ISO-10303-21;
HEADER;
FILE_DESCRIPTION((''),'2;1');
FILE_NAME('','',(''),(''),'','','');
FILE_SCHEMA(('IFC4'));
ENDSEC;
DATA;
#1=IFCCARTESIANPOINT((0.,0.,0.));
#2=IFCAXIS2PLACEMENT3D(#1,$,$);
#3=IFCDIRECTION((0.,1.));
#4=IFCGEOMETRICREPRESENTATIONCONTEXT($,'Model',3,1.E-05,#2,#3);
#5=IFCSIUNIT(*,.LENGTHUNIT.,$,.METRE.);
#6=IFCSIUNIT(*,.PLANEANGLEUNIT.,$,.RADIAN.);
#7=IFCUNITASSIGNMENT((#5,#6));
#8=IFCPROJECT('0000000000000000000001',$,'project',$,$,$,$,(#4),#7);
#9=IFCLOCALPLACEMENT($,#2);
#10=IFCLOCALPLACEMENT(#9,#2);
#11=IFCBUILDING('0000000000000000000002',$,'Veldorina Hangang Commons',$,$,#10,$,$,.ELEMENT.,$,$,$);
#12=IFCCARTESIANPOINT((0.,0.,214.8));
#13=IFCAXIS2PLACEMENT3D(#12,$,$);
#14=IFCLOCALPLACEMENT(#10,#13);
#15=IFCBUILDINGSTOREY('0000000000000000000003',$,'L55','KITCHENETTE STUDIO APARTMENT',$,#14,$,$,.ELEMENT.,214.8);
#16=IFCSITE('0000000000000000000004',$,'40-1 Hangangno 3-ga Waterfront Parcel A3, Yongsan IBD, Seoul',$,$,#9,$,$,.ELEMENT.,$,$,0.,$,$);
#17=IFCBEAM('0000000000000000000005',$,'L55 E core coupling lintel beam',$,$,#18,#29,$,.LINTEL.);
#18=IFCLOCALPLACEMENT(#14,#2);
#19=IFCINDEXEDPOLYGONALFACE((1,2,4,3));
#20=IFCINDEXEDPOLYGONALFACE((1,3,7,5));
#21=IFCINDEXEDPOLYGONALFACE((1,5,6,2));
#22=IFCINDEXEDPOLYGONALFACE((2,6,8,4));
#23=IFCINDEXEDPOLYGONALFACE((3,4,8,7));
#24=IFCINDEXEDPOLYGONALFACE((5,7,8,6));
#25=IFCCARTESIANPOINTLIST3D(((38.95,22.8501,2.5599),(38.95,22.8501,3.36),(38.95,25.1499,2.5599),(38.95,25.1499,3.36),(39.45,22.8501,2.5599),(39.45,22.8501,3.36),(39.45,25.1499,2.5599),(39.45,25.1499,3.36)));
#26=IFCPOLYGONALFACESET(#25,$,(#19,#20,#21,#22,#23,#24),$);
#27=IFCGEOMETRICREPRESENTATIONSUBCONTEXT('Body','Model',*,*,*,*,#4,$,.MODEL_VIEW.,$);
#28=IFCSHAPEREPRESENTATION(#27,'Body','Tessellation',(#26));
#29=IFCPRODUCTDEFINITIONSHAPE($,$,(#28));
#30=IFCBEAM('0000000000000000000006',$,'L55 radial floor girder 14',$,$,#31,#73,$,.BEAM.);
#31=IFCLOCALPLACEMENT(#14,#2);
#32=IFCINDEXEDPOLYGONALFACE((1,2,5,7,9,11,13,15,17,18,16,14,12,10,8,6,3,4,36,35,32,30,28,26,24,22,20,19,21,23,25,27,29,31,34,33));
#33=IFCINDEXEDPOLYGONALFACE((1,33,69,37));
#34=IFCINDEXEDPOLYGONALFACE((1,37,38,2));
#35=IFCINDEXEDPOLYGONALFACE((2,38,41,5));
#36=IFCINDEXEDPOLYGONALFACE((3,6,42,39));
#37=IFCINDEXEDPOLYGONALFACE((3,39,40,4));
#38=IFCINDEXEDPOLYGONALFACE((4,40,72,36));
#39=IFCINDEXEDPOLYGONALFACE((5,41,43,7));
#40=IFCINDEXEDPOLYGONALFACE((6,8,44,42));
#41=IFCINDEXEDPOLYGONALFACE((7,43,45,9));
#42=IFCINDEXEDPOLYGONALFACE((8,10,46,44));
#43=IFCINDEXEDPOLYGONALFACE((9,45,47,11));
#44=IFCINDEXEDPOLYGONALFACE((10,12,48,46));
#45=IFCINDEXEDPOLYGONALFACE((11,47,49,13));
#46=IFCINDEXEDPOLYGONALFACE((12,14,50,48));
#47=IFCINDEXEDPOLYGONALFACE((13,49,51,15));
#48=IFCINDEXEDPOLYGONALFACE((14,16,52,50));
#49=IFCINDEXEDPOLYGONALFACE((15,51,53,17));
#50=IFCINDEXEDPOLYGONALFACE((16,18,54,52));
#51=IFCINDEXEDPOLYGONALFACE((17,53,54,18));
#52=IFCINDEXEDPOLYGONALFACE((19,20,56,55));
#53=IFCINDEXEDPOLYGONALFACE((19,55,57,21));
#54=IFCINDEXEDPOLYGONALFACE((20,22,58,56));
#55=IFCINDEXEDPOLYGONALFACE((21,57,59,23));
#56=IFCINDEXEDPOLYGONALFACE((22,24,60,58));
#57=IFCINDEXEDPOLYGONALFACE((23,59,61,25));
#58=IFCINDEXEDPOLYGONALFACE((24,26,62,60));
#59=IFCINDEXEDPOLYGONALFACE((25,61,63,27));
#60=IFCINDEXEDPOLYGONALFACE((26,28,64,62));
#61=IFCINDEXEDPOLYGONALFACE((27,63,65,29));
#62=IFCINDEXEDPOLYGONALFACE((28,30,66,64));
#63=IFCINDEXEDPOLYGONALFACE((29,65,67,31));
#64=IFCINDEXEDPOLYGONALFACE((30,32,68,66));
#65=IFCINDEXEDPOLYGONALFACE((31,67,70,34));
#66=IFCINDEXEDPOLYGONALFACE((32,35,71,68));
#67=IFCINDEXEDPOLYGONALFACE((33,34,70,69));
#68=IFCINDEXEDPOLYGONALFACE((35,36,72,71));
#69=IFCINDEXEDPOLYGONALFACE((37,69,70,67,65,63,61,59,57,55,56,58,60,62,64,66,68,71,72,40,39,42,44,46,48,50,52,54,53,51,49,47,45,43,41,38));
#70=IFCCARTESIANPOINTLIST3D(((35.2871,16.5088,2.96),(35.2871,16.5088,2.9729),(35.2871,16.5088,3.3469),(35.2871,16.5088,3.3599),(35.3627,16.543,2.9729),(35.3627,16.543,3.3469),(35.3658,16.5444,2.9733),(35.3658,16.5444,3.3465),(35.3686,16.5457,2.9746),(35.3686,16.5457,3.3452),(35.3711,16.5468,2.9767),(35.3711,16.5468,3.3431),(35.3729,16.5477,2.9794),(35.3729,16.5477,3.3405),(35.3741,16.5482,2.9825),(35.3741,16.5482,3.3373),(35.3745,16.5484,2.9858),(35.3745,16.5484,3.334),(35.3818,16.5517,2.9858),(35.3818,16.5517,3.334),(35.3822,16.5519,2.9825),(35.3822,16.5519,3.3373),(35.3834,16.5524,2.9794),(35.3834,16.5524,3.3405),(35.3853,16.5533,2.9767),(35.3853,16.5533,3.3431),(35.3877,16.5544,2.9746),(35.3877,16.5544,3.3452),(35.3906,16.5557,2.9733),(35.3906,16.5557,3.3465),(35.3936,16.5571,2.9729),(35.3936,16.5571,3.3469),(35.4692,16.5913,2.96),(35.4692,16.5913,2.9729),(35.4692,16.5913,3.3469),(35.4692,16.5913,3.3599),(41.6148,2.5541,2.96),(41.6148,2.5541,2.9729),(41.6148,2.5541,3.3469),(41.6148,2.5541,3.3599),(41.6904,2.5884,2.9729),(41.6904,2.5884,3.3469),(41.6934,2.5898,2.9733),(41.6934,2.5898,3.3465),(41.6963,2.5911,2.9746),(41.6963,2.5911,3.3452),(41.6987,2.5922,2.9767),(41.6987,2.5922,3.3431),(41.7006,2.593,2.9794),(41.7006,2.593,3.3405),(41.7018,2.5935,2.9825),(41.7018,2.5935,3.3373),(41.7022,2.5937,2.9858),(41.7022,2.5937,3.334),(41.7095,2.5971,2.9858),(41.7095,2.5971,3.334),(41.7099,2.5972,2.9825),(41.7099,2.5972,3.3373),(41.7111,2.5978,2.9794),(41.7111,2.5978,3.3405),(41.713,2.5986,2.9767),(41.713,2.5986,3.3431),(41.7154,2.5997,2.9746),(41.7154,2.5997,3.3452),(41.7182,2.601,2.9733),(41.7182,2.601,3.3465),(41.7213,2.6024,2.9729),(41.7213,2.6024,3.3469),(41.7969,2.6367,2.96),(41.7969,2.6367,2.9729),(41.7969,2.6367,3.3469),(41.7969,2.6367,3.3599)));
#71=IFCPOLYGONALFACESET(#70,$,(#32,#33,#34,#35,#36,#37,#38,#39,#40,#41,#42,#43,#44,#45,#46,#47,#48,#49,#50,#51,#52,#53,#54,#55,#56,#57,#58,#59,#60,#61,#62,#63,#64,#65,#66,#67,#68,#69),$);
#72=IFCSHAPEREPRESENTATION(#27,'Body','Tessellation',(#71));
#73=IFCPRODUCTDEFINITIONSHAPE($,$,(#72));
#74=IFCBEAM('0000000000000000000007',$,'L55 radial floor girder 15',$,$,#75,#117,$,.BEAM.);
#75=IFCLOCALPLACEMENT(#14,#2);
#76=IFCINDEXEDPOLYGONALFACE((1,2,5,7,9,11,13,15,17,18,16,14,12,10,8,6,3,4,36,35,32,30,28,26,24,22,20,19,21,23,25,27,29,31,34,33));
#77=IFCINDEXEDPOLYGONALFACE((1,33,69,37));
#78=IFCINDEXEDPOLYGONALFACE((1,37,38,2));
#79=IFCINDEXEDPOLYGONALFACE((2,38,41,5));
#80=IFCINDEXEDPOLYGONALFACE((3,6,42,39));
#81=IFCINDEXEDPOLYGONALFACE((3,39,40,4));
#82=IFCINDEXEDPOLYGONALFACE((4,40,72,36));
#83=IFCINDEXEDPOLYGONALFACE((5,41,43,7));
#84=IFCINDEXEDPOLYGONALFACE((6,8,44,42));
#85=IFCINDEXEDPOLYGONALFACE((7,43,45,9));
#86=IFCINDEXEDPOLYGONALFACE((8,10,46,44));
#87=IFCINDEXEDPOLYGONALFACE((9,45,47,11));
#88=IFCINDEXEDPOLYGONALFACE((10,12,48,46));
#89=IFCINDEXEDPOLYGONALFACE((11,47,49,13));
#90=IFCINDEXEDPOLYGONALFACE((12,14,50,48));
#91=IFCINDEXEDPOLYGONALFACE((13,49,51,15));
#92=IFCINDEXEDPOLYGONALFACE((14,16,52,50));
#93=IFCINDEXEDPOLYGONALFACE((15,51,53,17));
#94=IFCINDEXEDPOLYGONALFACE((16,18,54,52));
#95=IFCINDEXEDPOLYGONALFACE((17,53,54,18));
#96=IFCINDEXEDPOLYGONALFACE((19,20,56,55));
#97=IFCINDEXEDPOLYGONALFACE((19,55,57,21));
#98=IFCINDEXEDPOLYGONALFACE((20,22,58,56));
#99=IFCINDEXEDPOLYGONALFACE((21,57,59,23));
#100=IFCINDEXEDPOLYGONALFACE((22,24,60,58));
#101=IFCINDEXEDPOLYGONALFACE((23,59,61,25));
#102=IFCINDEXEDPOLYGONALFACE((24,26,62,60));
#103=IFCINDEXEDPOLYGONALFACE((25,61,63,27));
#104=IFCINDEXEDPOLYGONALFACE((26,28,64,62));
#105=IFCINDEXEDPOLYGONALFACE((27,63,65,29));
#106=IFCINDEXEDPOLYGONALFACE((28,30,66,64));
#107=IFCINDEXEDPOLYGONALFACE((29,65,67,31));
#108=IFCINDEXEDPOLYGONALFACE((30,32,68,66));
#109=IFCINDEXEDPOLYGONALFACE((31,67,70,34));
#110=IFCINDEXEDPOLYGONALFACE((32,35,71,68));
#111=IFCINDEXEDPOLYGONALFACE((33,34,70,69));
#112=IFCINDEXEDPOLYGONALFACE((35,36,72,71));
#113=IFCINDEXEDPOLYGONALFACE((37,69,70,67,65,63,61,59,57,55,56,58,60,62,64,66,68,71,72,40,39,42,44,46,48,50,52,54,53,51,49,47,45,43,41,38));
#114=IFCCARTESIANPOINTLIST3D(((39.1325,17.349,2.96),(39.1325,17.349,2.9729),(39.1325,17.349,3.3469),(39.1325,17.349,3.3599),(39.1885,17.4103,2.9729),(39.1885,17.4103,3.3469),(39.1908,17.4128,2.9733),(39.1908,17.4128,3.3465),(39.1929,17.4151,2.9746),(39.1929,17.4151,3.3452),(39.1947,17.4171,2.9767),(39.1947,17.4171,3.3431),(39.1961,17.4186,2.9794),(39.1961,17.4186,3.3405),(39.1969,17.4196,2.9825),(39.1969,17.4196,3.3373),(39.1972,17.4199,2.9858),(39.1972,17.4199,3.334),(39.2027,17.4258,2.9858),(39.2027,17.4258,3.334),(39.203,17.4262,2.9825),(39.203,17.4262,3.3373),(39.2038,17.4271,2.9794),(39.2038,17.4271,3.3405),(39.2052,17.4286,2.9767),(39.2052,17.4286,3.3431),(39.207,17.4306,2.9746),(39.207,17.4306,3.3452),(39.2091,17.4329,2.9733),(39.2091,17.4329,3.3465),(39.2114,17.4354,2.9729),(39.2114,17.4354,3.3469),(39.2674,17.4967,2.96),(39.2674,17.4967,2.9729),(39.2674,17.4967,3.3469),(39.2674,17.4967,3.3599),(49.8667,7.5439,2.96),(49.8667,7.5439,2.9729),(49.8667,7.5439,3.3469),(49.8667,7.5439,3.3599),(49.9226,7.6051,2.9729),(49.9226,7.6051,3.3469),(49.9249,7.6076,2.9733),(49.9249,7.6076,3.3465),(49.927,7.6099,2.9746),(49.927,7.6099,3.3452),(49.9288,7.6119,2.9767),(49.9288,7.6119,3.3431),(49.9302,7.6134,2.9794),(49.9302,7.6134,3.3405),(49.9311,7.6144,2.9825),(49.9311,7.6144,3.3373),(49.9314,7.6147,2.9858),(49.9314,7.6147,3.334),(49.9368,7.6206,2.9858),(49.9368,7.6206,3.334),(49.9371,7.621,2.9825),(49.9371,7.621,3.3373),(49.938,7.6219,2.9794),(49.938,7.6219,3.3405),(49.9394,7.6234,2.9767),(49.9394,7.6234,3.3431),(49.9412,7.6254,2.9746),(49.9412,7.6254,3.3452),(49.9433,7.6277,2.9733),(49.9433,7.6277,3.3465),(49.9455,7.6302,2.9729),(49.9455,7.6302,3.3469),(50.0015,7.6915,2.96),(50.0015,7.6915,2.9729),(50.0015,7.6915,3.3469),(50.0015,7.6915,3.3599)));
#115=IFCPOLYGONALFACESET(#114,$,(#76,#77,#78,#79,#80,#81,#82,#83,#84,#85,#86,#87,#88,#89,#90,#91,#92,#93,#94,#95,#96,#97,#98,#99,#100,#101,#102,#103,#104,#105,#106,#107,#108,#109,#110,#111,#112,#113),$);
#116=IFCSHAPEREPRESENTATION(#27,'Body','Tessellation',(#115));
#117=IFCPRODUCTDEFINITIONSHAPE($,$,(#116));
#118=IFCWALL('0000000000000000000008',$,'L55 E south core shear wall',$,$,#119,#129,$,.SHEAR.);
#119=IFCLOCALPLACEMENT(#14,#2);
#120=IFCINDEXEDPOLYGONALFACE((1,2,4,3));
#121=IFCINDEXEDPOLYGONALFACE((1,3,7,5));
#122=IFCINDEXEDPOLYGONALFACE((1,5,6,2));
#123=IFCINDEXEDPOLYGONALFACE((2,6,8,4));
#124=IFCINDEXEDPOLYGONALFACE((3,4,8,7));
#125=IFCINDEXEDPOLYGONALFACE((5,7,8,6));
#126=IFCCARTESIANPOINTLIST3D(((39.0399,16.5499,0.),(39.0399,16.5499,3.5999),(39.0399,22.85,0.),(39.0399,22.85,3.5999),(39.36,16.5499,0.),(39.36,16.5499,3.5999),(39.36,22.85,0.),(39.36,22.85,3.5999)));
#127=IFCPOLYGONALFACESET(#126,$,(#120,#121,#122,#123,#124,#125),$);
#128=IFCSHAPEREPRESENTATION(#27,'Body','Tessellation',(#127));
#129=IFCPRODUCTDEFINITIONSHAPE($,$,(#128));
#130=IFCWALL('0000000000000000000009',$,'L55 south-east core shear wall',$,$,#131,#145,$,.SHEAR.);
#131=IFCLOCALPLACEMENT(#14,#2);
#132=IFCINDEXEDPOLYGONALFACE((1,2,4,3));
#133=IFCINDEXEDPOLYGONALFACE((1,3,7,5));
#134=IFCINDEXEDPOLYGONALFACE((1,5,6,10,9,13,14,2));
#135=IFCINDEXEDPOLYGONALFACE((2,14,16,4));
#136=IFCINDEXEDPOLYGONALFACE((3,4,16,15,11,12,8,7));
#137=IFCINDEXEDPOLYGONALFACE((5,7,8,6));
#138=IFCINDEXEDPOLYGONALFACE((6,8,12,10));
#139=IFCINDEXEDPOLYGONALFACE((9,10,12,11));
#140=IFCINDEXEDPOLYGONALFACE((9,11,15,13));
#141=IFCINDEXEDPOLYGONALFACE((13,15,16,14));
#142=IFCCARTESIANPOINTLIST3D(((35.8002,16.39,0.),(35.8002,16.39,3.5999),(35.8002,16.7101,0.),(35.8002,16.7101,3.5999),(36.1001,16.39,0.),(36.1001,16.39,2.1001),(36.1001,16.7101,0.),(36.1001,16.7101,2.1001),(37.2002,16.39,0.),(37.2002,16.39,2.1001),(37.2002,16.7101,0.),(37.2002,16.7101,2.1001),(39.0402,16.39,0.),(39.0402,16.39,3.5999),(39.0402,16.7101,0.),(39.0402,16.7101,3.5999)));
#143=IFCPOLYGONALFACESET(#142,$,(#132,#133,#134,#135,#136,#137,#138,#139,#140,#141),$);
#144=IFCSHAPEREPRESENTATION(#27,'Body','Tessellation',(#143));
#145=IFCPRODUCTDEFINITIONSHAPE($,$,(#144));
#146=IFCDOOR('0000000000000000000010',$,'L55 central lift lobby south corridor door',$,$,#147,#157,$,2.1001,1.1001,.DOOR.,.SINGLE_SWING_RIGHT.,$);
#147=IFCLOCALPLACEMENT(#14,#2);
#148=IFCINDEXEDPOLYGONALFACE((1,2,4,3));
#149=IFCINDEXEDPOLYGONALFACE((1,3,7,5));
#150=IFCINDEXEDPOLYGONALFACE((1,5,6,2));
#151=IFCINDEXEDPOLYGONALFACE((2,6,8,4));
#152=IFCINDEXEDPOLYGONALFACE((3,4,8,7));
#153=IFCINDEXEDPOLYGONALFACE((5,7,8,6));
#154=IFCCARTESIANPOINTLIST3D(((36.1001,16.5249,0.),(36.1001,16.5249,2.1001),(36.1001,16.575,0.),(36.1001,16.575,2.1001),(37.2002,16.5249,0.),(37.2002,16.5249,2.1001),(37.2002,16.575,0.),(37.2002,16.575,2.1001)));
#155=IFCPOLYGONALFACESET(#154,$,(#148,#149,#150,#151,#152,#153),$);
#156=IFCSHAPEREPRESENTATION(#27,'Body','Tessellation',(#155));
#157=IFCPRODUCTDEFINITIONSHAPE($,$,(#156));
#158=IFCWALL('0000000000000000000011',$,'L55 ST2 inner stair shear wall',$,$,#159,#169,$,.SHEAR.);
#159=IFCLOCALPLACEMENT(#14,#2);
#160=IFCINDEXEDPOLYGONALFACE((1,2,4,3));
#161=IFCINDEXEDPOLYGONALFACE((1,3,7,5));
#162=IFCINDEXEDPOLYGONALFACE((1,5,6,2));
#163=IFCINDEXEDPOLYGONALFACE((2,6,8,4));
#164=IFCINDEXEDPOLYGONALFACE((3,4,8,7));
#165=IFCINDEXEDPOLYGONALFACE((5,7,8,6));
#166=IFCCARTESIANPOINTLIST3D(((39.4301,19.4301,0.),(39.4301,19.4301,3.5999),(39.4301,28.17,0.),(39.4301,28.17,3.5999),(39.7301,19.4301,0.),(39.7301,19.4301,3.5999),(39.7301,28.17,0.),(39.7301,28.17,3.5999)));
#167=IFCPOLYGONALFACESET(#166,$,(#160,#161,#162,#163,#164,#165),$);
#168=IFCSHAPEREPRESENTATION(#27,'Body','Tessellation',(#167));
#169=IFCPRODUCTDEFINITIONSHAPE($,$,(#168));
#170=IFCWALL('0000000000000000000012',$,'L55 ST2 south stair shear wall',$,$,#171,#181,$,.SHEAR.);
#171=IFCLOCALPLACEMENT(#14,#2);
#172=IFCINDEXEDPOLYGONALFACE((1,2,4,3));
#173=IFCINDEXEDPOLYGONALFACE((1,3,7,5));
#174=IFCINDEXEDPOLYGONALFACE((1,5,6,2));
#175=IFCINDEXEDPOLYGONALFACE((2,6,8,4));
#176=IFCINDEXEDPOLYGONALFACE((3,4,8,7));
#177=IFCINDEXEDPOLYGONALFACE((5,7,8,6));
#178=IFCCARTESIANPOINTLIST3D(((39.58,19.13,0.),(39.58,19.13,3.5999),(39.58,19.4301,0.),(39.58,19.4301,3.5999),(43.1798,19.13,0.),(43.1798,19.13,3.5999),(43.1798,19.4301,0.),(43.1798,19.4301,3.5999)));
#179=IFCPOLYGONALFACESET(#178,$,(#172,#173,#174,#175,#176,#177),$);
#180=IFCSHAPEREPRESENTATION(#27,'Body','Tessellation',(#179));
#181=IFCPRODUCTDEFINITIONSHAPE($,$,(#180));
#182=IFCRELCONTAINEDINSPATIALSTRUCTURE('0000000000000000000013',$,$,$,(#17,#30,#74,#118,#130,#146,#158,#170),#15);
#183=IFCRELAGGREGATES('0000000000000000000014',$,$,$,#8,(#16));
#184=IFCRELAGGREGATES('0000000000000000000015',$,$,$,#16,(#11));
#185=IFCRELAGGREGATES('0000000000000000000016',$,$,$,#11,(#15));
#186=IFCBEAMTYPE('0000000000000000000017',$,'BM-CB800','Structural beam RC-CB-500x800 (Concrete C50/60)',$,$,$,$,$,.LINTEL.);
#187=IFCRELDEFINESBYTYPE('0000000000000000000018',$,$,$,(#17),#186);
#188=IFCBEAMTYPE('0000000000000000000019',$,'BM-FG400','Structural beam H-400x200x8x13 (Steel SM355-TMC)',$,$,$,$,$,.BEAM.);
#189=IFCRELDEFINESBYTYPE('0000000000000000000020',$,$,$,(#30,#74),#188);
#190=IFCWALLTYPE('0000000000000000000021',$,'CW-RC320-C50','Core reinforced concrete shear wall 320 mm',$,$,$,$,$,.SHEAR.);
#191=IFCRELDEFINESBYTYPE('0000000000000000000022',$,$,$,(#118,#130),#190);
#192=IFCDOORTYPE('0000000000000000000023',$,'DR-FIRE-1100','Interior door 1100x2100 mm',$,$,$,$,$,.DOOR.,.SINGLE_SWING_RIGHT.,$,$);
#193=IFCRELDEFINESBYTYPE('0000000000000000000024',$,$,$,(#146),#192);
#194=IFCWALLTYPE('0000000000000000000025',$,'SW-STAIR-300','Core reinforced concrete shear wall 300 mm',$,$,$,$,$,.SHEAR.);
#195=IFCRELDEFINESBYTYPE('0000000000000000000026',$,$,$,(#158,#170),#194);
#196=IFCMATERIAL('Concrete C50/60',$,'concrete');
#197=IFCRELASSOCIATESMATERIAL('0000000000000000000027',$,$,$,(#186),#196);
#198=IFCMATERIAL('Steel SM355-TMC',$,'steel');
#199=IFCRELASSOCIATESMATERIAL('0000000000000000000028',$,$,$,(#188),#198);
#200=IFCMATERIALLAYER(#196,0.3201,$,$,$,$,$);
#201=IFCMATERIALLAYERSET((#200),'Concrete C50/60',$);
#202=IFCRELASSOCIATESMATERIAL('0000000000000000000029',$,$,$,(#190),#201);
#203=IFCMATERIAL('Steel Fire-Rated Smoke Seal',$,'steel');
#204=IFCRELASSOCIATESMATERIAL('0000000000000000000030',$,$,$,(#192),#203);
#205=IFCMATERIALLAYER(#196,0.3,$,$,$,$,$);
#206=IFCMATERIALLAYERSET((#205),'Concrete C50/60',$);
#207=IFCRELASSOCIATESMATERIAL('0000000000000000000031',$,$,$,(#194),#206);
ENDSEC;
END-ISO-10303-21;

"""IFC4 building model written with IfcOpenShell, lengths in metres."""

from ifc_helpers import new_model, si_unit, direction, frame, frame_2d, origin, origin_2d, place, context, subcontext, project, spatial, rectangle, i_section, extrude, material, layer, layer_set, material_profile, profile_set, type_object, element, fill, save


model = new_model("IFC4")

# Units and contexts
model_context = context("Model", 3, precision=1e-05, world=origin(), true_north=direction((0.0, 1.0)))
body_context = subcontext(model_context, "Body", "Model", "MODEL_VIEW")
ifc_project = project(units=[si_unit("LENGTHUNIT", "METRE"), si_unit("PLANEANGLEUNIT", "RADIAN")], contexts=[model_context])

# Site, building, storey
site_placement = place(None, origin())
site = spatial("IfcSite", under=ifc_project, at=site_placement, Name="40-1 Hangangno 3-ga Waterfront Parcel A3, Yongsan IBD, Seoul", CompositionType="ELEMENT", RefElevation=0.0)
building_placement = place(site_placement, origin())
building = spatial("IfcBuilding", under=site, at=building_placement, Name="Veldorina Hangang Commons", CompositionType="ELEMENT")
storey_placement = place(building_placement, frame((0.0, 0.0, 214.8)))
storey = spatial("IfcBuildingStorey", under=building, at=storey_placement, Name="L55", Description="KITCHENETTE STUDIO APARTMENT", CompositionType="ELEMENT", Elevation=214.8)

# Beams
ifc_material_1 = material(Name="Concrete C50/60", Category="concrete")
ifc_material_profile_1 = material_profile(ifc_material_1, rectangle(XDim=0.5, YDim=0.8, at=origin_2d()), Name="RC-CB-500x800")
ifc_profile_set_1 = profile_set([ifc_material_profile_1], Name="Concrete C50/60")
beam_type_1 = type_object("IfcBeamType", Name="BM-CB800", Description="Structural beam RC-CB-500x800 (Concrete C50/60)", PredefinedType="LINTEL", material=ifc_profile_set_1)
beam_1_placement = place(storey_placement, frame((39.2, 22.8501, 2.96), z_axis=(0.0, 1.0, 0.0), x_axis=(-1.0, 0.0, 0.0)))
element("IfcBeam", 1, at=beam_1_placement, inside=storey, type_object=beam_type_1, Name="L55 E core coupling lintel beam", PredefinedType="LINTEL", context=body_context, shape_type="SweptSolid", body=[
    extrude(rectangle(XDim=0.5, YDim=0.8, at=origin_2d()), origin(), (0.0, 0.0, 1.0), 2.2998),
])
ifc_material_2 = material(Name="Steel SM355-TMC", Category="steel")
ifc_material_profile_2 = material_profile(ifc_material_2, i_section(OverallWidth=0.2, OverallDepth=0.3999, WebThickness=0.0081, FlangeThickness=0.0129, FilletRadius=0.0129, at=origin_2d()), Name="H-400x200x8x13")
ifc_profile_set_2 = profile_set([ifc_material_profile_2], Name="Steel SM355-TMC")
beam_type_2 = type_object("IfcBeamType", Name="BM-FG400", Description="Structural beam H-400x200x8x13 (Steel SM355-TMC)", PredefinedType="BEAM", material=ifc_profile_set_2)
beam_2_placement = place(storey_placement, frame((35.3782, 16.55, 3.1599), z_axis=(0.412972, -0.910744, 0.0), x_axis=(0.910744, 0.412972, 0.0)))
element("IfcBeam", 2, at=beam_2_placement, inside=storey, type_object=beam_type_2, Name="L55 radial floor girder 14", PredefinedType="BEAM", context=body_context, shape_type="SweptSolid", body=[
    extrude(i_section(OverallWidth=0.2, OverallDepth=0.3999, WebThickness=0.0081, FlangeThickness=0.0129, FilletRadius=0.0129, at=origin_2d()), origin(), (0.0, 0.0, 1.0), 15.3223),
])
beam_3_placement = place(storey_placement, frame((39.2, 17.4229, 3.1599), z_axis=(0.738333, -0.674436, 0.0), x_axis=(0.674436, 0.738333, 0.0)))
element("IfcBeam", 3, at=beam_3_placement, inside=storey, type_object=beam_type_2, Name="L55 radial floor girder 15", PredefinedType="BEAM", context=body_context, shape_type="SweptSolid", body=[
    extrude(i_section(OverallWidth=0.2, OverallDepth=0.3999, WebThickness=0.0081, FlangeThickness=0.0129, FilletRadius=0.0129, at=origin_2d()), origin(), (0.0, 0.0, 1.0), 14.5383),
])

# Wall
ifc_layer_1 = layer(ifc_material_1, 0.3201)
ifc_layer_set_1 = layer_set([ifc_layer_1], Name="Concrete C50/60")
wall_type_1 = type_object("IfcWallType", Name="CW-RC320-C50", Description="Core reinforced concrete shear wall 320 mm", PredefinedType="SHEAR", material=ifc_layer_set_1)
wall_1_placement = place(storey_placement, frame((39.2, 16.55, 0.0), z_axis=(0.0, 0.0, 1.0), x_axis=(0.0, 1.0, 0.0)))
element("IfcWall", 4, at=wall_1_placement, inside=storey, type_object=wall_type_1, Name="L55 E south core shear wall", PredefinedType="SHEAR", context=body_context, shape_type="SweptSolid", body=[
    extrude(rectangle(XDim=6.3, YDim=0.3201, at=frame_2d((3.1499, 0.0))), origin(), (0.0, 0.0, 1.0), 3.5999),
])

# Wall, opening, door
wall_2_placement = place(storey_placement, frame((35.8, 16.55, 0.0), z_axis=(0.0, 0.0, 1.0), x_axis=(1.0, 0.0, 0.0)))
wall_2 = element("IfcWall", 5, at=wall_2_placement, inside=storey, type_object=wall_type_1, Name="L55 south-east core shear wall", PredefinedType="SHEAR", context=body_context, shape_type="SweptSolid", body=[
    extrude(rectangle(XDim=3.24, YDim=0.3201, at=frame_2d((1.6201, 0.0))), origin(), (0.0, 0.0, 1.0), 3.5999),
])
opening_1_placement = place(wall_2_placement, frame((0.3, 0.0, 0.0)))
opening_1 = element("IfcOpeningElement", 6, at=opening_1_placement, cuts=wall_2, PredefinedType="OPENING", context=body_context, shape_type="SweptSolid", body=[
    extrude(rectangle(XDim=1.1001, YDim=2.1001, at=frame_2d((0.55, 1.05))), frame((0.0, 0.1699, 0.0), z_axis=(0.0, -1.0, 0.0), x_axis=(1.0, 0.0, 0.0)), (0.0, 0.0, 1.0), 0.3401),
])
ifc_material_3 = material(Name="Steel Fire-Rated Smoke Seal", Category="steel")
door_type_1 = type_object("IfcDoorType", Name="DR-FIRE-1100", Description="Interior door 1100x2100 mm", OperationType="SINGLE_SWING_RIGHT", PredefinedType="DOOR", material=ifc_material_3)
door_1_placement = place(opening_1_placement, origin())
door_1 = element("IfcDoor", 7, at=door_1_placement, inside=storey, type_object=door_type_1, Name="L55 central lift lobby south corridor door", OperationType="SINGLE_SWING_RIGHT", OverallHeight=2.1001, OverallWidth=1.1001, PredefinedType="DOOR", context=body_context, shape_type="SweptSolid", body=[
    extrude(rectangle(XDim=1.1001, YDim=2.1001, at=frame_2d((0.55, 1.05))), frame((0.0, 0.0249, 0.0), z_axis=(0.0, -1.0, 0.0), x_axis=(1.0, 0.0, 0.0)), (0.0, 0.0, 1.0), 0.05),
])
fill(opening_1, door_1)

# Walls
ifc_layer_2 = layer(ifc_material_1, 0.3)
ifc_layer_set_2 = layer_set([ifc_layer_2], Name="Concrete C50/60")
wall_type_2 = type_object("IfcWallType", Name="SW-STAIR-300", Description="Core reinforced concrete shear wall 300 mm", PredefinedType="SHEAR", material=ifc_layer_set_2)
wall_3_placement = place(storey_placement, frame((39.5801, 19.4299, 0.0), z_axis=(0.0, 0.0, 1.0), x_axis=(0.0, 1.0, 0.0)))
element("IfcWall", 8, at=wall_3_placement, inside=storey, type_object=wall_type_2, Name="L55 ST2 inner stair shear wall", PredefinedType="SHEAR", context=body_context, shape_type="SweptSolid", body=[
    extrude(rectangle(XDim=8.74, YDim=0.3, at=frame_2d((4.3701, 0.0))), origin(), (0.0, 0.0, 1.0), 3.5999),
])
wall_4_placement = place(storey_placement, frame((39.5801, 19.28, 0.0), z_axis=(0.0, 0.0, 1.0), x_axis=(1.0, 0.0, 0.0)))
element("IfcWall", 9, at=wall_4_placement, inside=storey, type_object=wall_type_2, Name="L55 ST2 south stair shear wall", PredefinedType="SHEAR", context=body_context, shape_type="SweptSolid", body=[
    extrude(rectangle(XDim=3.5999, YDim=0.3, at=frame_2d((1.7998, 0.0))), origin(), (0.0, 0.0, 1.0), 3.5999),
])

save(model, "model.ifc")
